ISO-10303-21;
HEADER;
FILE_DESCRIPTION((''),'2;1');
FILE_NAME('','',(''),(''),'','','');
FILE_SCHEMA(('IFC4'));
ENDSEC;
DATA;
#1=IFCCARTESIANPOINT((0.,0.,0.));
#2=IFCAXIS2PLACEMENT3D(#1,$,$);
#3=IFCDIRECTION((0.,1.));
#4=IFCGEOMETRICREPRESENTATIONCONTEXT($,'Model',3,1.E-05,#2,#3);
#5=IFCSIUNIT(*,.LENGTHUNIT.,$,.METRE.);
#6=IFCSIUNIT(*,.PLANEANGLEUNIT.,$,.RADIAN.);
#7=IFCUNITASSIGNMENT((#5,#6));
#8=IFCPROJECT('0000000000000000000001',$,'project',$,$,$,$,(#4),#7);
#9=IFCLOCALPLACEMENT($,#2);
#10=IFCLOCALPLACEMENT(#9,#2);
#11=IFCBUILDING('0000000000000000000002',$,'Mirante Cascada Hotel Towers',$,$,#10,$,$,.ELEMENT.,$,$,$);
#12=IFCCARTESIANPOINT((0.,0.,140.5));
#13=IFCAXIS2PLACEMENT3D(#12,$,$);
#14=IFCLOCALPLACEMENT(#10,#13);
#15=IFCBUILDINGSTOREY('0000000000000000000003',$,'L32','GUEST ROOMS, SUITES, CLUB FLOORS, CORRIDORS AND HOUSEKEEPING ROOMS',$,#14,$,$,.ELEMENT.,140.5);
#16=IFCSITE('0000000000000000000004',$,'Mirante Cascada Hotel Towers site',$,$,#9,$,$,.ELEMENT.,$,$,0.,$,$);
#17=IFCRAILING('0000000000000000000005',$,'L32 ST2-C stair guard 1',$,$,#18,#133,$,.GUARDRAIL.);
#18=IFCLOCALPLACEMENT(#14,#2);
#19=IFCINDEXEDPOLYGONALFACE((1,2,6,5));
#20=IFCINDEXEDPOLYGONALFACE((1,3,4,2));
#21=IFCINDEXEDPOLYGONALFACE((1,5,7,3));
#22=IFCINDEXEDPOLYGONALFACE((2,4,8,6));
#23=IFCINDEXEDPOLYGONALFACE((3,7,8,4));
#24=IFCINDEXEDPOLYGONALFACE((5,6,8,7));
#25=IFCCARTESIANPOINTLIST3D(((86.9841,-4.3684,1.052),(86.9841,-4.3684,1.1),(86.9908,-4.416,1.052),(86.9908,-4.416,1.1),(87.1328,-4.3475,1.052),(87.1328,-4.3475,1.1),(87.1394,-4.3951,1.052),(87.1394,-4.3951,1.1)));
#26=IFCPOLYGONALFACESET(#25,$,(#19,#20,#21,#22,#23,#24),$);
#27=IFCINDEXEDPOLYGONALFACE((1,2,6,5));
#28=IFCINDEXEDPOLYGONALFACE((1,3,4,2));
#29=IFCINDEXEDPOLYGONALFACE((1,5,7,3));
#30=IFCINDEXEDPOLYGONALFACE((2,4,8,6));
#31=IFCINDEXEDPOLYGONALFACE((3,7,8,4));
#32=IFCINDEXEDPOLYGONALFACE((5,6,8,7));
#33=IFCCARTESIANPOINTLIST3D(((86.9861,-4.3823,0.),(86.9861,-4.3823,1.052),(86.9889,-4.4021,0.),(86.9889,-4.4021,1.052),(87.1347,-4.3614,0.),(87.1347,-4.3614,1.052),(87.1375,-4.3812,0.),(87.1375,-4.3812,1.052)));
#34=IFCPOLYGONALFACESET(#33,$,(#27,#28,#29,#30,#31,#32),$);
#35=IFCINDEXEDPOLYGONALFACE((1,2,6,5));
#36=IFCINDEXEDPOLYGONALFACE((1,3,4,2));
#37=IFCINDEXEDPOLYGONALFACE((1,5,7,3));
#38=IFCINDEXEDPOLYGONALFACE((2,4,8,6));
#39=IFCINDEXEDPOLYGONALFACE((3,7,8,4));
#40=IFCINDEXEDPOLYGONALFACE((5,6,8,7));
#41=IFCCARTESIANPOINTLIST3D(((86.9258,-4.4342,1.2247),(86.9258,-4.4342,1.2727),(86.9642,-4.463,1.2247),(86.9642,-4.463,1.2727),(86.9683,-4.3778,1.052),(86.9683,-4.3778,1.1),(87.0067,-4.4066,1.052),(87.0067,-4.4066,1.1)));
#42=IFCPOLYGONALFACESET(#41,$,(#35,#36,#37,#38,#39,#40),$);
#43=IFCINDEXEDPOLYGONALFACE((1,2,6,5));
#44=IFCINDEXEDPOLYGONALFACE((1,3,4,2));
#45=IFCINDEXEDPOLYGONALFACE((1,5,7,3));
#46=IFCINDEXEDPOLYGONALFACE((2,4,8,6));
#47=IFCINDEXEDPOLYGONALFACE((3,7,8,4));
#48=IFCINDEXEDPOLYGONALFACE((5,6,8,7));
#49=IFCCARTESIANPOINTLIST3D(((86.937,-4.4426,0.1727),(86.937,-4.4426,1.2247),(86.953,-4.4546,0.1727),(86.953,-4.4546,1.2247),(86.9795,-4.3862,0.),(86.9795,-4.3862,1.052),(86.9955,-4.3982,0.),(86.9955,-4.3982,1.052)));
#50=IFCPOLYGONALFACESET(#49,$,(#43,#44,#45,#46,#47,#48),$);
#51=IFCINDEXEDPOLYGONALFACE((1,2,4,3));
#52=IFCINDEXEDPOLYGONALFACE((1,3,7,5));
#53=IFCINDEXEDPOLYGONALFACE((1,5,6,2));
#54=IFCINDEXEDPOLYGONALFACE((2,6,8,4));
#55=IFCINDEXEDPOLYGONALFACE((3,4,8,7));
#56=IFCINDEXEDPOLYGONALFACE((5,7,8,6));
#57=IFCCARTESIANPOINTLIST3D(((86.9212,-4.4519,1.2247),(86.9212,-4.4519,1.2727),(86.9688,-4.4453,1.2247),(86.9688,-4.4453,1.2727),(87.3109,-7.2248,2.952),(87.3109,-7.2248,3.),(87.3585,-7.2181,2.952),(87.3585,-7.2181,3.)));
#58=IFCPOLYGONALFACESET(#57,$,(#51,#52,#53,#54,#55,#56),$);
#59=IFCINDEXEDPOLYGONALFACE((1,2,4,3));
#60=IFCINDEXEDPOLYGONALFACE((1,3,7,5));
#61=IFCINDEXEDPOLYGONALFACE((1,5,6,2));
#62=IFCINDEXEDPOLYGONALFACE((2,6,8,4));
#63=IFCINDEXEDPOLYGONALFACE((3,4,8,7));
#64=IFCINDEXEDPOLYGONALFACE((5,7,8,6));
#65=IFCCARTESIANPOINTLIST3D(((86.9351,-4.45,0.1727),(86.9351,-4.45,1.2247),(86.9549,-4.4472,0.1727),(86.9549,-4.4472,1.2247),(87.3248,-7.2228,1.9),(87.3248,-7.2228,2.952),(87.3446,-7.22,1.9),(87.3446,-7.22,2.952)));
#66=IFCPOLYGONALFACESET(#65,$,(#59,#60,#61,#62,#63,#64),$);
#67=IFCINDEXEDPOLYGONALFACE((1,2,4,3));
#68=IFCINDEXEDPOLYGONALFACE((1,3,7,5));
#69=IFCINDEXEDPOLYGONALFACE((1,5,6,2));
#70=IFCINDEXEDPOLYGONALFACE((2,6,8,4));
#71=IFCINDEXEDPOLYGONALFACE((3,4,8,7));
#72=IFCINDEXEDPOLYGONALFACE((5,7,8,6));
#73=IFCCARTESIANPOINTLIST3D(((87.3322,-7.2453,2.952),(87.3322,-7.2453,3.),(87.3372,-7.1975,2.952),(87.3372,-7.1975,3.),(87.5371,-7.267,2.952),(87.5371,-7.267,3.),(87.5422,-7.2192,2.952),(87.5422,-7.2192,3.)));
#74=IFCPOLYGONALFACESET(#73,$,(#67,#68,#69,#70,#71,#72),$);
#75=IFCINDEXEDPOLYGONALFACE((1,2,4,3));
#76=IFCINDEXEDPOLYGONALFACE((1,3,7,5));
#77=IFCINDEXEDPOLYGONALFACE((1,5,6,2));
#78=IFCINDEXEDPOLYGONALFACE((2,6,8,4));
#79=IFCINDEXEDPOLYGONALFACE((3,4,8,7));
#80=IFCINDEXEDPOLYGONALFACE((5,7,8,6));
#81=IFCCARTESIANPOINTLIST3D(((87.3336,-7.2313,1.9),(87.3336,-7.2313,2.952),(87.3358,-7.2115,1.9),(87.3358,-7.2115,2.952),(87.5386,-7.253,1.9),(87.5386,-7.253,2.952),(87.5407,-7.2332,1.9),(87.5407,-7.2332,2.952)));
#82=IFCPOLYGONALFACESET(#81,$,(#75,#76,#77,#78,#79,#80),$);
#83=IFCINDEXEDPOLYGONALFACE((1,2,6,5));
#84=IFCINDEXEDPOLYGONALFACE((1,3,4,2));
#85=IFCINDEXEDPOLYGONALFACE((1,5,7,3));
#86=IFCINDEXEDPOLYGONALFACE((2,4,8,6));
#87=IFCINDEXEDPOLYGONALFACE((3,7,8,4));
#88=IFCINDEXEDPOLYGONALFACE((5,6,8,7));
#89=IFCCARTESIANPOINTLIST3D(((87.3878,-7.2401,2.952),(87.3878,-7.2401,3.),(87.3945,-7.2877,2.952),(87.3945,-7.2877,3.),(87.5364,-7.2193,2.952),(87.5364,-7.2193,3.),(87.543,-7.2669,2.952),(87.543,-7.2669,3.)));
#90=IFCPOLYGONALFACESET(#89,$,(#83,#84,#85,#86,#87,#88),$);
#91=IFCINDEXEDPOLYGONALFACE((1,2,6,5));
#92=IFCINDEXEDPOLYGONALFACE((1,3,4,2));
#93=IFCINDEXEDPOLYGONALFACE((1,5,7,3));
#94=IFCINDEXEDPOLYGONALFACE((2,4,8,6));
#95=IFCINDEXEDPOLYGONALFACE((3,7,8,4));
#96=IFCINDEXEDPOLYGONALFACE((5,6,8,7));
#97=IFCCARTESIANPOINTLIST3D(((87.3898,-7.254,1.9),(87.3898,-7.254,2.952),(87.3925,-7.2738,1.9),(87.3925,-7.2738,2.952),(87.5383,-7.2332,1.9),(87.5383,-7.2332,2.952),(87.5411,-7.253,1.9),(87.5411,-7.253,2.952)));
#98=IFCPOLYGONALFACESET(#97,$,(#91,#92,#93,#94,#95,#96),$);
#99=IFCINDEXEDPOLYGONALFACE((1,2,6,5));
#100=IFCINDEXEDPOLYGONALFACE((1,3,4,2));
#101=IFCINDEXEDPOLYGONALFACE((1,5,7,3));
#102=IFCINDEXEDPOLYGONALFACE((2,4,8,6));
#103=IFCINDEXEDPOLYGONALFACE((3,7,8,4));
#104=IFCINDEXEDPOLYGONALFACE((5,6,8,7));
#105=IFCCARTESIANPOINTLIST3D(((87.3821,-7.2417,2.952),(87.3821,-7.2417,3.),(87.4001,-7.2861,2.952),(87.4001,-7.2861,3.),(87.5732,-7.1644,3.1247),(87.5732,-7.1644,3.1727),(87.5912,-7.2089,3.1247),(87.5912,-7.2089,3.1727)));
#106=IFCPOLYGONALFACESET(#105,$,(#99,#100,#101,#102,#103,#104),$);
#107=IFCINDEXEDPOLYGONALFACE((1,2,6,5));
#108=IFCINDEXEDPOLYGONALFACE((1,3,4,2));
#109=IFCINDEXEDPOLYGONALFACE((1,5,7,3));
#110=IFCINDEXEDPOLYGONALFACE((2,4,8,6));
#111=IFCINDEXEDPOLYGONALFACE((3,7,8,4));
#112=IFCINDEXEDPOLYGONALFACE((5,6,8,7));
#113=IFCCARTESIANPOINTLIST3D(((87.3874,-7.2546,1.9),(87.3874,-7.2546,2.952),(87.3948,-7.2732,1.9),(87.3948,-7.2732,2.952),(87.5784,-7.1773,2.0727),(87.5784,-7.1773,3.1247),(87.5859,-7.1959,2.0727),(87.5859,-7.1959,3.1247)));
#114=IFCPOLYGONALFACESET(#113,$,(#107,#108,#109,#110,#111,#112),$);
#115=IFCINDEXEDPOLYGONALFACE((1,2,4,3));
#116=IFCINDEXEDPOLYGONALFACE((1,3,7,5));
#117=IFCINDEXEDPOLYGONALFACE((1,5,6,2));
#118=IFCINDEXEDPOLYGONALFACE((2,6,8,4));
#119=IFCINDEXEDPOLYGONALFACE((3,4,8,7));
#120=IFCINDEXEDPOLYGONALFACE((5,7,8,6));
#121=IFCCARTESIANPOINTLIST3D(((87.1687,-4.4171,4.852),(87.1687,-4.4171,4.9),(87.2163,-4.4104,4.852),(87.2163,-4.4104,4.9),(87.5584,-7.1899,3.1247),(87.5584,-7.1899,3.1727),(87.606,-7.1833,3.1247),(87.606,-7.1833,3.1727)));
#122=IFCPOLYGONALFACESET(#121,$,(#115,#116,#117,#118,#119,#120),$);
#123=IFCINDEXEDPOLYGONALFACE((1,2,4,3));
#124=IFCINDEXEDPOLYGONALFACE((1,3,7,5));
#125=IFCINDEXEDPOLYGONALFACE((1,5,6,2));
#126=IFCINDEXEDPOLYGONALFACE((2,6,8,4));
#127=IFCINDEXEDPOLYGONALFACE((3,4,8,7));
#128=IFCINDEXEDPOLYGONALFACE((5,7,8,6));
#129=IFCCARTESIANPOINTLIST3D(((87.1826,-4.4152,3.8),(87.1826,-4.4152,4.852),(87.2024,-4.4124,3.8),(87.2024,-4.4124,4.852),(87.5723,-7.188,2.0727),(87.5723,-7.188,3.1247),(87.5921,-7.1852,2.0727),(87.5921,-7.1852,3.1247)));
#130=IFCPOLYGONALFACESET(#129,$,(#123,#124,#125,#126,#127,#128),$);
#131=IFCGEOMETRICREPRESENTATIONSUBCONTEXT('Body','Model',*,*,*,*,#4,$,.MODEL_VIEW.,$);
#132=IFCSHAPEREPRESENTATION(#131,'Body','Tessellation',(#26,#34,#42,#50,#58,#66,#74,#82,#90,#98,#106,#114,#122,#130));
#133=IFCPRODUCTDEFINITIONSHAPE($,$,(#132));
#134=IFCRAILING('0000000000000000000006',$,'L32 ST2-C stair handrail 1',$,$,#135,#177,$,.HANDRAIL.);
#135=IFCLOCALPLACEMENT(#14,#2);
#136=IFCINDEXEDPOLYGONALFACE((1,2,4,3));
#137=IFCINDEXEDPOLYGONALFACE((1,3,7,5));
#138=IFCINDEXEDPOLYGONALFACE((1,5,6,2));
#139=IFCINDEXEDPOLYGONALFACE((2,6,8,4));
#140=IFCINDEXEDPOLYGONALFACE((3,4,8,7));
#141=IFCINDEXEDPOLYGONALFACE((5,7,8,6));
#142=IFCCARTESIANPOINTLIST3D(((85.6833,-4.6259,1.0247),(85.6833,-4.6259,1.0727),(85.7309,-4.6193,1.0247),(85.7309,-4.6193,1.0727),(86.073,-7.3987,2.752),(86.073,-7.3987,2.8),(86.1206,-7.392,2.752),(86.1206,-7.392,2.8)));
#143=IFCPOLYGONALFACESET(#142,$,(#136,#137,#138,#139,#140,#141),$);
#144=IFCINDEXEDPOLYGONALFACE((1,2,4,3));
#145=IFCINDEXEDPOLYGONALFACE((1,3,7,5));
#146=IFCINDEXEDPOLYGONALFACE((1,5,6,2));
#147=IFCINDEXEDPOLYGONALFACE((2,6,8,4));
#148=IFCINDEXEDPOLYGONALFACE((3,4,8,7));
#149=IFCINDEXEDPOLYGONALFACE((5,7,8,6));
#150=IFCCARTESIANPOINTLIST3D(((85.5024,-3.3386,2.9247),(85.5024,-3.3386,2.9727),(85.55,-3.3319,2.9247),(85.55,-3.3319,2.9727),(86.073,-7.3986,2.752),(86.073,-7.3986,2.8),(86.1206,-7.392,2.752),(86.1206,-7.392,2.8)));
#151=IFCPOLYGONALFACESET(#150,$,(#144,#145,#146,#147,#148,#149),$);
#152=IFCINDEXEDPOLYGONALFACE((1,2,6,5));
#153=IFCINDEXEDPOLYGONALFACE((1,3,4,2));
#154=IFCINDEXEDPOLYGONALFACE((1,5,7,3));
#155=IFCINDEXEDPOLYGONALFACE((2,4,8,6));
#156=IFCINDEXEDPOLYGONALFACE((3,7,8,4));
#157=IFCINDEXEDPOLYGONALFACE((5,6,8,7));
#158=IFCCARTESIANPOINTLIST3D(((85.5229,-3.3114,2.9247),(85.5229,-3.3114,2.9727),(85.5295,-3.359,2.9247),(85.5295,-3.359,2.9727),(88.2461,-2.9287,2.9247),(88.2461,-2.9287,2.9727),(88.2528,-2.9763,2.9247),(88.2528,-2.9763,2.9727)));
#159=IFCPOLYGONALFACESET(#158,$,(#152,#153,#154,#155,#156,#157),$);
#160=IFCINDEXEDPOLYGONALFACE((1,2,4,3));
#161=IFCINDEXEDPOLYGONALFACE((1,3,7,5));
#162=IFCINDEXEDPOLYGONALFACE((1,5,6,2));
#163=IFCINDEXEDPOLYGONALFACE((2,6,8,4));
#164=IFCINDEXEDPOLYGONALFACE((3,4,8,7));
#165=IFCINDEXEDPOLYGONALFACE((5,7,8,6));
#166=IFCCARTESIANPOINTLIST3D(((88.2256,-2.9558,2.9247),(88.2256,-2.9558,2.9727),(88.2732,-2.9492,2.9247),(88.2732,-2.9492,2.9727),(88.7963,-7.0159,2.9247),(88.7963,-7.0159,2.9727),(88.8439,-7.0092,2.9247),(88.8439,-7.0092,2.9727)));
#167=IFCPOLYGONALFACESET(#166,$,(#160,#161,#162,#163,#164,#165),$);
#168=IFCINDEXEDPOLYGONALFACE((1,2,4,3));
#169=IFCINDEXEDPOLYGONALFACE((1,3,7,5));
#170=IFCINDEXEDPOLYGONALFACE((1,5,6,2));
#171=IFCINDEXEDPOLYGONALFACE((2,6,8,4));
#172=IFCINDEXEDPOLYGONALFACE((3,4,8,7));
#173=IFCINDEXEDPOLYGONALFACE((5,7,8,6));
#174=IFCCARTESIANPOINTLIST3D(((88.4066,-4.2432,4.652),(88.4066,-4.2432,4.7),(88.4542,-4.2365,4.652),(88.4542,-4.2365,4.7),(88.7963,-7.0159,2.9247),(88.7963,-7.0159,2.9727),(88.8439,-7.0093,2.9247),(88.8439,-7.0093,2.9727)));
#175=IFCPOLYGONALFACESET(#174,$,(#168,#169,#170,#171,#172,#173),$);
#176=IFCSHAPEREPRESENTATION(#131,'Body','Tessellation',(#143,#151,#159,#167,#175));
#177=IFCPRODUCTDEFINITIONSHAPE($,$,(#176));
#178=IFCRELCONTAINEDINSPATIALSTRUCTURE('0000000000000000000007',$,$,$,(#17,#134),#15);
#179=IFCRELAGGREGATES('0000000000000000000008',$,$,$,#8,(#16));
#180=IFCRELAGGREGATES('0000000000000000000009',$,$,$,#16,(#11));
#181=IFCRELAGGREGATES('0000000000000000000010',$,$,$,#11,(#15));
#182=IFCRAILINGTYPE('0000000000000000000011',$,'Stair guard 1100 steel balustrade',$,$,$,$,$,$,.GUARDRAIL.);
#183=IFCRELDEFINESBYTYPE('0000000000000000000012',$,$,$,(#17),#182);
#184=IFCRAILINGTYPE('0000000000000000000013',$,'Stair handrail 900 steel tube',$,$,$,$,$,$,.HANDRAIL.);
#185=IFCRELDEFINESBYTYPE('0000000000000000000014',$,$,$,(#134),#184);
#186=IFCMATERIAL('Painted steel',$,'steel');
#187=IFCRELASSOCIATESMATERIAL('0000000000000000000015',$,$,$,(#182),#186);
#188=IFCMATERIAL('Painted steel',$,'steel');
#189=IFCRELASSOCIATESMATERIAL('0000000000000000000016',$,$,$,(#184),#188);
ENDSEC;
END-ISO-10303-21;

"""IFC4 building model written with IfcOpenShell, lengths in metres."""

from ifc_helpers import new_model, si_unit, direction, frame, origin, origin_2d, place, context, subcontext, project, spatial, rectangle, extrude, material, type_object, element, save


model = new_model("IFC4")

# Units and contexts
model_context = context("Model", 3, precision=1e-05, world=origin(), true_north=direction((0.0, 1.0)))
body_context = subcontext(model_context, "Body", "Model", "MODEL_VIEW")
ifc_project = project(units=[si_unit("LENGTHUNIT", "METRE"), si_unit("PLANEANGLEUNIT", "RADIAN")], contexts=[model_context])

# Site, building, storey
site_placement = place(None, origin())
site = spatial("IfcSite", under=ifc_project, at=site_placement, Name="Mirante Cascada Hotel Towers site", CompositionType="ELEMENT", RefElevation=0.0)
building_placement = place(site_placement, origin())
building = spatial("IfcBuilding", under=site, at=building_placement, Name="Mirante Cascada Hotel Towers", CompositionType="ELEMENT")
storey_placement = place(building_placement, frame((0.0, 0.0, 140.5)))
storey = spatial("IfcBuildingStorey", under=building, at=storey_placement, Name="L32", Description="GUEST ROOMS, SUITES, CLUB FLOORS, CORRIDORS AND HOUSEKEEPING ROOMS", CompositionType="ELEMENT", Elevation=140.5)

# Railings
ifc_material_1 = material(Name="Painted steel", Category="steel")
railing_type_1 = type_object("IfcRailingType", Name="Stair guard 1100 steel balustrade", PredefinedType="GUARDRAIL", material=ifc_material_1)
railing_1_placement = place(storey_placement, frame((87.1361, -4.3713, 0.0)))
element("IfcRailing", 1, at=railing_1_placement, inside=storey, type_object=railing_type_1, Name="L32 ST2-C stair guard 1", PredefinedType="GUARDRAIL", context=body_context, shape_type="SweptSolid", body=[
    extrude(rectangle(XDim=0.048, YDim=0.048, at=origin_2d()), frame((0.0, 0.0, 1.076), z_axis=(-0.990254, -0.139275, 0.0), x_axis=(0.139275, -0.990254, 0.0)), (0.0, 0.0, 1.0), 0.1501),
    extrude(rectangle(XDim=0.02, YDim=1.052, at=origin_2d()), frame((0.0, 0.0, 0.526), z_axis=(-0.990254, -0.139275, 0.0), x_axis=(0.139275, -0.990254, 0.0)), (0.0, 0.0, 1.0), 0.1501),
    extrude(rectangle(XDim=0.048, YDim=0.048, at=origin_2d()), frame((-0.1486, -0.0209, 1.076), z_axis=(-0.601811, -0.798639, 0.0), x_axis=(0.798639, -0.601811, 0.0)), (0.0, 0.925603, 0.378496), 0.1866),
    extrude(rectangle(XDim=0.02, YDim=1.052, at=origin_2d()), frame((-0.1486, -0.0209, 0.526), z_axis=(-0.601811, -0.798639, 0.0), x_axis=(0.798639, -0.601811, 0.0)), (0.0, 0.925603, 0.378496), 0.1866),
    extrude(rectangle(XDim=0.048, YDim=0.048, at=origin_2d()), frame((-0.1911, -0.0773, 1.2487), z_axis=(0.139176, -0.990268, 0.0), x_axis=(0.990268, 0.139176, 0.0)), (0.0, 0.525021, 0.851089), 3.29),
    extrude(rectangle(XDim=0.02, YDim=1.052, at=origin_2d()), frame((-0.1911, -0.0773, 0.6987), z_axis=(0.139176, -0.990268, 0.0), x_axis=(0.990268, 0.139176, 0.0)), (0.0, 0.525021, 0.851089), 3.29),
    extrude(rectangle(XDim=0.048, YDim=0.048, at=origin_2d()), frame((0.1986, -2.8501, 2.976), z_axis=(0.994444, -0.105266, 0.0), x_axis=(0.105266, 0.994444, 0.0)), (0.0, 0.0, 1.0), 0.2061),
    extrude(rectangle(XDim=0.02, YDim=1.052, at=origin_2d()), frame((0.1986, -2.8501, 2.426), z_axis=(0.994444, -0.105266, 0.0), x_axis=(0.105266, 0.994444, 0.0)), (0.0, 0.0, 1.0), 0.2061),
    extrude(rectangle(XDim=0.048, YDim=0.048, at=origin_2d()), frame((0.4036, -2.8718, 2.976), z_axis=(-0.990345, -0.138622, 0.0), x_axis=(0.138622, -0.990345, 0.0)), (0.0, 0.0, 1.0), 0.15),
    extrude(rectangle(XDim=0.02, YDim=1.052, at=origin_2d()), frame((0.4036, -2.8718, 2.426), z_axis=(-0.990345, -0.138622, 0.0), x_axis=(0.138622, -0.990345, 0.0)), (0.0, 0.0, 1.0), 0.15),
    extrude(rectangle(XDim=0.048, YDim=0.048, at=origin_2d()), frame((0.255, -2.8926, 2.976), z_axis=(0.927031, 0.374984, 0.0), x_axis=(-0.374984, 0.927031, 0.0)), (0.0, 0.64219, 0.766545), 0.2689),
    extrude(rectangle(XDim=0.02, YDim=1.052, at=origin_2d()), frame((0.255, -2.8926, 2.426), z_axis=(0.927031, 0.374984, 0.0), x_axis=(-0.374984, 0.927031, 0.0)), (0.0, 0.64219, 0.766545), 0.2689),
    extrude(rectangle(XDim=0.048, YDim=0.048, at=origin_2d()), frame((0.4461, -2.8153, 3.1487), z_axis=(-0.139176, 0.990268, 0.0), x_axis=(-0.990268, -0.139176, 0.0)), (0.0, 0.525021, 0.851089), 3.29),
    extrude(rectangle(XDim=0.02, YDim=1.052, at=origin_2d()), frame((0.4461, -2.8153, 2.5987), z_axis=(-0.139176, 0.990268, 0.0), x_axis=(-0.990268, -0.139176, 0.0)), (0.0, 0.525021, 0.851089), 3.29),
])
ifc_material_2 = material(Name="Painted steel", Category="steel")
railing_type_2 = type_object("IfcRailingType", Name="Stair handrail 900 steel tube", PredefinedType="HANDRAIL", material=ifc_material_2)
railing_2_placement = place(storey_placement, frame((85.7071, -4.6226, 0.1727)))
element("IfcRailing", 2, at=railing_2_placement, inside=storey, type_object=railing_type_2, Name="L32 ST2-C stair handrail 1", PredefinedType="HANDRAIL", context=body_context, shape_type="SweptSolid", body=[
    extrude(rectangle(XDim=0.048, YDim=0.048, at=origin_2d()), frame((0.0, 0.0, 0.876), z_axis=(0.139181, -0.990267, 0.0), x_axis=(0.990267, 0.139181, 0.0)), (0.0, 0.525035, 0.851081), 3.2899),
    extrude(rectangle(XDim=0.048, YDim=0.048, at=origin_2d()), frame((0.3897, -2.7727, 2.6033), z_axis=(-0.139171, 0.990268, 0.0), x_axis=(-0.990268, -0.139171, 0.0)), (0.0, 0.042085, 0.999114), 4.1036),
    extrude(rectangle(XDim=0.048, YDim=0.048, at=origin_2d()), frame((-0.1809, 1.2874, 2.776), z_axis=(0.990269, 0.139166, 0.0), x_axis=(-0.139166, 0.990269, 0.0)), (0.0, 0.0, 1.0), 2.75),
    extrude(rectangle(XDim=0.048, YDim=0.048, at=origin_2d()), frame((2.5423, 1.6701, 2.776), z_axis=(0.139195, -0.990265, 0.0), x_axis=(0.990265, 0.139195, 0.0)), (0.0, 0.0, 1.0), 4.1),
    extrude(rectangle(XDim=0.048, YDim=0.048, at=origin_2d()), frame((3.113, -2.39, 2.776), z_axis=(-0.139181, 0.990267, 0.0), x_axis=(-0.990267, -0.139181, 0.0)), (0.0, 0.525035, 0.851081), 3.2899),
])

save(model, "model.ifc")
